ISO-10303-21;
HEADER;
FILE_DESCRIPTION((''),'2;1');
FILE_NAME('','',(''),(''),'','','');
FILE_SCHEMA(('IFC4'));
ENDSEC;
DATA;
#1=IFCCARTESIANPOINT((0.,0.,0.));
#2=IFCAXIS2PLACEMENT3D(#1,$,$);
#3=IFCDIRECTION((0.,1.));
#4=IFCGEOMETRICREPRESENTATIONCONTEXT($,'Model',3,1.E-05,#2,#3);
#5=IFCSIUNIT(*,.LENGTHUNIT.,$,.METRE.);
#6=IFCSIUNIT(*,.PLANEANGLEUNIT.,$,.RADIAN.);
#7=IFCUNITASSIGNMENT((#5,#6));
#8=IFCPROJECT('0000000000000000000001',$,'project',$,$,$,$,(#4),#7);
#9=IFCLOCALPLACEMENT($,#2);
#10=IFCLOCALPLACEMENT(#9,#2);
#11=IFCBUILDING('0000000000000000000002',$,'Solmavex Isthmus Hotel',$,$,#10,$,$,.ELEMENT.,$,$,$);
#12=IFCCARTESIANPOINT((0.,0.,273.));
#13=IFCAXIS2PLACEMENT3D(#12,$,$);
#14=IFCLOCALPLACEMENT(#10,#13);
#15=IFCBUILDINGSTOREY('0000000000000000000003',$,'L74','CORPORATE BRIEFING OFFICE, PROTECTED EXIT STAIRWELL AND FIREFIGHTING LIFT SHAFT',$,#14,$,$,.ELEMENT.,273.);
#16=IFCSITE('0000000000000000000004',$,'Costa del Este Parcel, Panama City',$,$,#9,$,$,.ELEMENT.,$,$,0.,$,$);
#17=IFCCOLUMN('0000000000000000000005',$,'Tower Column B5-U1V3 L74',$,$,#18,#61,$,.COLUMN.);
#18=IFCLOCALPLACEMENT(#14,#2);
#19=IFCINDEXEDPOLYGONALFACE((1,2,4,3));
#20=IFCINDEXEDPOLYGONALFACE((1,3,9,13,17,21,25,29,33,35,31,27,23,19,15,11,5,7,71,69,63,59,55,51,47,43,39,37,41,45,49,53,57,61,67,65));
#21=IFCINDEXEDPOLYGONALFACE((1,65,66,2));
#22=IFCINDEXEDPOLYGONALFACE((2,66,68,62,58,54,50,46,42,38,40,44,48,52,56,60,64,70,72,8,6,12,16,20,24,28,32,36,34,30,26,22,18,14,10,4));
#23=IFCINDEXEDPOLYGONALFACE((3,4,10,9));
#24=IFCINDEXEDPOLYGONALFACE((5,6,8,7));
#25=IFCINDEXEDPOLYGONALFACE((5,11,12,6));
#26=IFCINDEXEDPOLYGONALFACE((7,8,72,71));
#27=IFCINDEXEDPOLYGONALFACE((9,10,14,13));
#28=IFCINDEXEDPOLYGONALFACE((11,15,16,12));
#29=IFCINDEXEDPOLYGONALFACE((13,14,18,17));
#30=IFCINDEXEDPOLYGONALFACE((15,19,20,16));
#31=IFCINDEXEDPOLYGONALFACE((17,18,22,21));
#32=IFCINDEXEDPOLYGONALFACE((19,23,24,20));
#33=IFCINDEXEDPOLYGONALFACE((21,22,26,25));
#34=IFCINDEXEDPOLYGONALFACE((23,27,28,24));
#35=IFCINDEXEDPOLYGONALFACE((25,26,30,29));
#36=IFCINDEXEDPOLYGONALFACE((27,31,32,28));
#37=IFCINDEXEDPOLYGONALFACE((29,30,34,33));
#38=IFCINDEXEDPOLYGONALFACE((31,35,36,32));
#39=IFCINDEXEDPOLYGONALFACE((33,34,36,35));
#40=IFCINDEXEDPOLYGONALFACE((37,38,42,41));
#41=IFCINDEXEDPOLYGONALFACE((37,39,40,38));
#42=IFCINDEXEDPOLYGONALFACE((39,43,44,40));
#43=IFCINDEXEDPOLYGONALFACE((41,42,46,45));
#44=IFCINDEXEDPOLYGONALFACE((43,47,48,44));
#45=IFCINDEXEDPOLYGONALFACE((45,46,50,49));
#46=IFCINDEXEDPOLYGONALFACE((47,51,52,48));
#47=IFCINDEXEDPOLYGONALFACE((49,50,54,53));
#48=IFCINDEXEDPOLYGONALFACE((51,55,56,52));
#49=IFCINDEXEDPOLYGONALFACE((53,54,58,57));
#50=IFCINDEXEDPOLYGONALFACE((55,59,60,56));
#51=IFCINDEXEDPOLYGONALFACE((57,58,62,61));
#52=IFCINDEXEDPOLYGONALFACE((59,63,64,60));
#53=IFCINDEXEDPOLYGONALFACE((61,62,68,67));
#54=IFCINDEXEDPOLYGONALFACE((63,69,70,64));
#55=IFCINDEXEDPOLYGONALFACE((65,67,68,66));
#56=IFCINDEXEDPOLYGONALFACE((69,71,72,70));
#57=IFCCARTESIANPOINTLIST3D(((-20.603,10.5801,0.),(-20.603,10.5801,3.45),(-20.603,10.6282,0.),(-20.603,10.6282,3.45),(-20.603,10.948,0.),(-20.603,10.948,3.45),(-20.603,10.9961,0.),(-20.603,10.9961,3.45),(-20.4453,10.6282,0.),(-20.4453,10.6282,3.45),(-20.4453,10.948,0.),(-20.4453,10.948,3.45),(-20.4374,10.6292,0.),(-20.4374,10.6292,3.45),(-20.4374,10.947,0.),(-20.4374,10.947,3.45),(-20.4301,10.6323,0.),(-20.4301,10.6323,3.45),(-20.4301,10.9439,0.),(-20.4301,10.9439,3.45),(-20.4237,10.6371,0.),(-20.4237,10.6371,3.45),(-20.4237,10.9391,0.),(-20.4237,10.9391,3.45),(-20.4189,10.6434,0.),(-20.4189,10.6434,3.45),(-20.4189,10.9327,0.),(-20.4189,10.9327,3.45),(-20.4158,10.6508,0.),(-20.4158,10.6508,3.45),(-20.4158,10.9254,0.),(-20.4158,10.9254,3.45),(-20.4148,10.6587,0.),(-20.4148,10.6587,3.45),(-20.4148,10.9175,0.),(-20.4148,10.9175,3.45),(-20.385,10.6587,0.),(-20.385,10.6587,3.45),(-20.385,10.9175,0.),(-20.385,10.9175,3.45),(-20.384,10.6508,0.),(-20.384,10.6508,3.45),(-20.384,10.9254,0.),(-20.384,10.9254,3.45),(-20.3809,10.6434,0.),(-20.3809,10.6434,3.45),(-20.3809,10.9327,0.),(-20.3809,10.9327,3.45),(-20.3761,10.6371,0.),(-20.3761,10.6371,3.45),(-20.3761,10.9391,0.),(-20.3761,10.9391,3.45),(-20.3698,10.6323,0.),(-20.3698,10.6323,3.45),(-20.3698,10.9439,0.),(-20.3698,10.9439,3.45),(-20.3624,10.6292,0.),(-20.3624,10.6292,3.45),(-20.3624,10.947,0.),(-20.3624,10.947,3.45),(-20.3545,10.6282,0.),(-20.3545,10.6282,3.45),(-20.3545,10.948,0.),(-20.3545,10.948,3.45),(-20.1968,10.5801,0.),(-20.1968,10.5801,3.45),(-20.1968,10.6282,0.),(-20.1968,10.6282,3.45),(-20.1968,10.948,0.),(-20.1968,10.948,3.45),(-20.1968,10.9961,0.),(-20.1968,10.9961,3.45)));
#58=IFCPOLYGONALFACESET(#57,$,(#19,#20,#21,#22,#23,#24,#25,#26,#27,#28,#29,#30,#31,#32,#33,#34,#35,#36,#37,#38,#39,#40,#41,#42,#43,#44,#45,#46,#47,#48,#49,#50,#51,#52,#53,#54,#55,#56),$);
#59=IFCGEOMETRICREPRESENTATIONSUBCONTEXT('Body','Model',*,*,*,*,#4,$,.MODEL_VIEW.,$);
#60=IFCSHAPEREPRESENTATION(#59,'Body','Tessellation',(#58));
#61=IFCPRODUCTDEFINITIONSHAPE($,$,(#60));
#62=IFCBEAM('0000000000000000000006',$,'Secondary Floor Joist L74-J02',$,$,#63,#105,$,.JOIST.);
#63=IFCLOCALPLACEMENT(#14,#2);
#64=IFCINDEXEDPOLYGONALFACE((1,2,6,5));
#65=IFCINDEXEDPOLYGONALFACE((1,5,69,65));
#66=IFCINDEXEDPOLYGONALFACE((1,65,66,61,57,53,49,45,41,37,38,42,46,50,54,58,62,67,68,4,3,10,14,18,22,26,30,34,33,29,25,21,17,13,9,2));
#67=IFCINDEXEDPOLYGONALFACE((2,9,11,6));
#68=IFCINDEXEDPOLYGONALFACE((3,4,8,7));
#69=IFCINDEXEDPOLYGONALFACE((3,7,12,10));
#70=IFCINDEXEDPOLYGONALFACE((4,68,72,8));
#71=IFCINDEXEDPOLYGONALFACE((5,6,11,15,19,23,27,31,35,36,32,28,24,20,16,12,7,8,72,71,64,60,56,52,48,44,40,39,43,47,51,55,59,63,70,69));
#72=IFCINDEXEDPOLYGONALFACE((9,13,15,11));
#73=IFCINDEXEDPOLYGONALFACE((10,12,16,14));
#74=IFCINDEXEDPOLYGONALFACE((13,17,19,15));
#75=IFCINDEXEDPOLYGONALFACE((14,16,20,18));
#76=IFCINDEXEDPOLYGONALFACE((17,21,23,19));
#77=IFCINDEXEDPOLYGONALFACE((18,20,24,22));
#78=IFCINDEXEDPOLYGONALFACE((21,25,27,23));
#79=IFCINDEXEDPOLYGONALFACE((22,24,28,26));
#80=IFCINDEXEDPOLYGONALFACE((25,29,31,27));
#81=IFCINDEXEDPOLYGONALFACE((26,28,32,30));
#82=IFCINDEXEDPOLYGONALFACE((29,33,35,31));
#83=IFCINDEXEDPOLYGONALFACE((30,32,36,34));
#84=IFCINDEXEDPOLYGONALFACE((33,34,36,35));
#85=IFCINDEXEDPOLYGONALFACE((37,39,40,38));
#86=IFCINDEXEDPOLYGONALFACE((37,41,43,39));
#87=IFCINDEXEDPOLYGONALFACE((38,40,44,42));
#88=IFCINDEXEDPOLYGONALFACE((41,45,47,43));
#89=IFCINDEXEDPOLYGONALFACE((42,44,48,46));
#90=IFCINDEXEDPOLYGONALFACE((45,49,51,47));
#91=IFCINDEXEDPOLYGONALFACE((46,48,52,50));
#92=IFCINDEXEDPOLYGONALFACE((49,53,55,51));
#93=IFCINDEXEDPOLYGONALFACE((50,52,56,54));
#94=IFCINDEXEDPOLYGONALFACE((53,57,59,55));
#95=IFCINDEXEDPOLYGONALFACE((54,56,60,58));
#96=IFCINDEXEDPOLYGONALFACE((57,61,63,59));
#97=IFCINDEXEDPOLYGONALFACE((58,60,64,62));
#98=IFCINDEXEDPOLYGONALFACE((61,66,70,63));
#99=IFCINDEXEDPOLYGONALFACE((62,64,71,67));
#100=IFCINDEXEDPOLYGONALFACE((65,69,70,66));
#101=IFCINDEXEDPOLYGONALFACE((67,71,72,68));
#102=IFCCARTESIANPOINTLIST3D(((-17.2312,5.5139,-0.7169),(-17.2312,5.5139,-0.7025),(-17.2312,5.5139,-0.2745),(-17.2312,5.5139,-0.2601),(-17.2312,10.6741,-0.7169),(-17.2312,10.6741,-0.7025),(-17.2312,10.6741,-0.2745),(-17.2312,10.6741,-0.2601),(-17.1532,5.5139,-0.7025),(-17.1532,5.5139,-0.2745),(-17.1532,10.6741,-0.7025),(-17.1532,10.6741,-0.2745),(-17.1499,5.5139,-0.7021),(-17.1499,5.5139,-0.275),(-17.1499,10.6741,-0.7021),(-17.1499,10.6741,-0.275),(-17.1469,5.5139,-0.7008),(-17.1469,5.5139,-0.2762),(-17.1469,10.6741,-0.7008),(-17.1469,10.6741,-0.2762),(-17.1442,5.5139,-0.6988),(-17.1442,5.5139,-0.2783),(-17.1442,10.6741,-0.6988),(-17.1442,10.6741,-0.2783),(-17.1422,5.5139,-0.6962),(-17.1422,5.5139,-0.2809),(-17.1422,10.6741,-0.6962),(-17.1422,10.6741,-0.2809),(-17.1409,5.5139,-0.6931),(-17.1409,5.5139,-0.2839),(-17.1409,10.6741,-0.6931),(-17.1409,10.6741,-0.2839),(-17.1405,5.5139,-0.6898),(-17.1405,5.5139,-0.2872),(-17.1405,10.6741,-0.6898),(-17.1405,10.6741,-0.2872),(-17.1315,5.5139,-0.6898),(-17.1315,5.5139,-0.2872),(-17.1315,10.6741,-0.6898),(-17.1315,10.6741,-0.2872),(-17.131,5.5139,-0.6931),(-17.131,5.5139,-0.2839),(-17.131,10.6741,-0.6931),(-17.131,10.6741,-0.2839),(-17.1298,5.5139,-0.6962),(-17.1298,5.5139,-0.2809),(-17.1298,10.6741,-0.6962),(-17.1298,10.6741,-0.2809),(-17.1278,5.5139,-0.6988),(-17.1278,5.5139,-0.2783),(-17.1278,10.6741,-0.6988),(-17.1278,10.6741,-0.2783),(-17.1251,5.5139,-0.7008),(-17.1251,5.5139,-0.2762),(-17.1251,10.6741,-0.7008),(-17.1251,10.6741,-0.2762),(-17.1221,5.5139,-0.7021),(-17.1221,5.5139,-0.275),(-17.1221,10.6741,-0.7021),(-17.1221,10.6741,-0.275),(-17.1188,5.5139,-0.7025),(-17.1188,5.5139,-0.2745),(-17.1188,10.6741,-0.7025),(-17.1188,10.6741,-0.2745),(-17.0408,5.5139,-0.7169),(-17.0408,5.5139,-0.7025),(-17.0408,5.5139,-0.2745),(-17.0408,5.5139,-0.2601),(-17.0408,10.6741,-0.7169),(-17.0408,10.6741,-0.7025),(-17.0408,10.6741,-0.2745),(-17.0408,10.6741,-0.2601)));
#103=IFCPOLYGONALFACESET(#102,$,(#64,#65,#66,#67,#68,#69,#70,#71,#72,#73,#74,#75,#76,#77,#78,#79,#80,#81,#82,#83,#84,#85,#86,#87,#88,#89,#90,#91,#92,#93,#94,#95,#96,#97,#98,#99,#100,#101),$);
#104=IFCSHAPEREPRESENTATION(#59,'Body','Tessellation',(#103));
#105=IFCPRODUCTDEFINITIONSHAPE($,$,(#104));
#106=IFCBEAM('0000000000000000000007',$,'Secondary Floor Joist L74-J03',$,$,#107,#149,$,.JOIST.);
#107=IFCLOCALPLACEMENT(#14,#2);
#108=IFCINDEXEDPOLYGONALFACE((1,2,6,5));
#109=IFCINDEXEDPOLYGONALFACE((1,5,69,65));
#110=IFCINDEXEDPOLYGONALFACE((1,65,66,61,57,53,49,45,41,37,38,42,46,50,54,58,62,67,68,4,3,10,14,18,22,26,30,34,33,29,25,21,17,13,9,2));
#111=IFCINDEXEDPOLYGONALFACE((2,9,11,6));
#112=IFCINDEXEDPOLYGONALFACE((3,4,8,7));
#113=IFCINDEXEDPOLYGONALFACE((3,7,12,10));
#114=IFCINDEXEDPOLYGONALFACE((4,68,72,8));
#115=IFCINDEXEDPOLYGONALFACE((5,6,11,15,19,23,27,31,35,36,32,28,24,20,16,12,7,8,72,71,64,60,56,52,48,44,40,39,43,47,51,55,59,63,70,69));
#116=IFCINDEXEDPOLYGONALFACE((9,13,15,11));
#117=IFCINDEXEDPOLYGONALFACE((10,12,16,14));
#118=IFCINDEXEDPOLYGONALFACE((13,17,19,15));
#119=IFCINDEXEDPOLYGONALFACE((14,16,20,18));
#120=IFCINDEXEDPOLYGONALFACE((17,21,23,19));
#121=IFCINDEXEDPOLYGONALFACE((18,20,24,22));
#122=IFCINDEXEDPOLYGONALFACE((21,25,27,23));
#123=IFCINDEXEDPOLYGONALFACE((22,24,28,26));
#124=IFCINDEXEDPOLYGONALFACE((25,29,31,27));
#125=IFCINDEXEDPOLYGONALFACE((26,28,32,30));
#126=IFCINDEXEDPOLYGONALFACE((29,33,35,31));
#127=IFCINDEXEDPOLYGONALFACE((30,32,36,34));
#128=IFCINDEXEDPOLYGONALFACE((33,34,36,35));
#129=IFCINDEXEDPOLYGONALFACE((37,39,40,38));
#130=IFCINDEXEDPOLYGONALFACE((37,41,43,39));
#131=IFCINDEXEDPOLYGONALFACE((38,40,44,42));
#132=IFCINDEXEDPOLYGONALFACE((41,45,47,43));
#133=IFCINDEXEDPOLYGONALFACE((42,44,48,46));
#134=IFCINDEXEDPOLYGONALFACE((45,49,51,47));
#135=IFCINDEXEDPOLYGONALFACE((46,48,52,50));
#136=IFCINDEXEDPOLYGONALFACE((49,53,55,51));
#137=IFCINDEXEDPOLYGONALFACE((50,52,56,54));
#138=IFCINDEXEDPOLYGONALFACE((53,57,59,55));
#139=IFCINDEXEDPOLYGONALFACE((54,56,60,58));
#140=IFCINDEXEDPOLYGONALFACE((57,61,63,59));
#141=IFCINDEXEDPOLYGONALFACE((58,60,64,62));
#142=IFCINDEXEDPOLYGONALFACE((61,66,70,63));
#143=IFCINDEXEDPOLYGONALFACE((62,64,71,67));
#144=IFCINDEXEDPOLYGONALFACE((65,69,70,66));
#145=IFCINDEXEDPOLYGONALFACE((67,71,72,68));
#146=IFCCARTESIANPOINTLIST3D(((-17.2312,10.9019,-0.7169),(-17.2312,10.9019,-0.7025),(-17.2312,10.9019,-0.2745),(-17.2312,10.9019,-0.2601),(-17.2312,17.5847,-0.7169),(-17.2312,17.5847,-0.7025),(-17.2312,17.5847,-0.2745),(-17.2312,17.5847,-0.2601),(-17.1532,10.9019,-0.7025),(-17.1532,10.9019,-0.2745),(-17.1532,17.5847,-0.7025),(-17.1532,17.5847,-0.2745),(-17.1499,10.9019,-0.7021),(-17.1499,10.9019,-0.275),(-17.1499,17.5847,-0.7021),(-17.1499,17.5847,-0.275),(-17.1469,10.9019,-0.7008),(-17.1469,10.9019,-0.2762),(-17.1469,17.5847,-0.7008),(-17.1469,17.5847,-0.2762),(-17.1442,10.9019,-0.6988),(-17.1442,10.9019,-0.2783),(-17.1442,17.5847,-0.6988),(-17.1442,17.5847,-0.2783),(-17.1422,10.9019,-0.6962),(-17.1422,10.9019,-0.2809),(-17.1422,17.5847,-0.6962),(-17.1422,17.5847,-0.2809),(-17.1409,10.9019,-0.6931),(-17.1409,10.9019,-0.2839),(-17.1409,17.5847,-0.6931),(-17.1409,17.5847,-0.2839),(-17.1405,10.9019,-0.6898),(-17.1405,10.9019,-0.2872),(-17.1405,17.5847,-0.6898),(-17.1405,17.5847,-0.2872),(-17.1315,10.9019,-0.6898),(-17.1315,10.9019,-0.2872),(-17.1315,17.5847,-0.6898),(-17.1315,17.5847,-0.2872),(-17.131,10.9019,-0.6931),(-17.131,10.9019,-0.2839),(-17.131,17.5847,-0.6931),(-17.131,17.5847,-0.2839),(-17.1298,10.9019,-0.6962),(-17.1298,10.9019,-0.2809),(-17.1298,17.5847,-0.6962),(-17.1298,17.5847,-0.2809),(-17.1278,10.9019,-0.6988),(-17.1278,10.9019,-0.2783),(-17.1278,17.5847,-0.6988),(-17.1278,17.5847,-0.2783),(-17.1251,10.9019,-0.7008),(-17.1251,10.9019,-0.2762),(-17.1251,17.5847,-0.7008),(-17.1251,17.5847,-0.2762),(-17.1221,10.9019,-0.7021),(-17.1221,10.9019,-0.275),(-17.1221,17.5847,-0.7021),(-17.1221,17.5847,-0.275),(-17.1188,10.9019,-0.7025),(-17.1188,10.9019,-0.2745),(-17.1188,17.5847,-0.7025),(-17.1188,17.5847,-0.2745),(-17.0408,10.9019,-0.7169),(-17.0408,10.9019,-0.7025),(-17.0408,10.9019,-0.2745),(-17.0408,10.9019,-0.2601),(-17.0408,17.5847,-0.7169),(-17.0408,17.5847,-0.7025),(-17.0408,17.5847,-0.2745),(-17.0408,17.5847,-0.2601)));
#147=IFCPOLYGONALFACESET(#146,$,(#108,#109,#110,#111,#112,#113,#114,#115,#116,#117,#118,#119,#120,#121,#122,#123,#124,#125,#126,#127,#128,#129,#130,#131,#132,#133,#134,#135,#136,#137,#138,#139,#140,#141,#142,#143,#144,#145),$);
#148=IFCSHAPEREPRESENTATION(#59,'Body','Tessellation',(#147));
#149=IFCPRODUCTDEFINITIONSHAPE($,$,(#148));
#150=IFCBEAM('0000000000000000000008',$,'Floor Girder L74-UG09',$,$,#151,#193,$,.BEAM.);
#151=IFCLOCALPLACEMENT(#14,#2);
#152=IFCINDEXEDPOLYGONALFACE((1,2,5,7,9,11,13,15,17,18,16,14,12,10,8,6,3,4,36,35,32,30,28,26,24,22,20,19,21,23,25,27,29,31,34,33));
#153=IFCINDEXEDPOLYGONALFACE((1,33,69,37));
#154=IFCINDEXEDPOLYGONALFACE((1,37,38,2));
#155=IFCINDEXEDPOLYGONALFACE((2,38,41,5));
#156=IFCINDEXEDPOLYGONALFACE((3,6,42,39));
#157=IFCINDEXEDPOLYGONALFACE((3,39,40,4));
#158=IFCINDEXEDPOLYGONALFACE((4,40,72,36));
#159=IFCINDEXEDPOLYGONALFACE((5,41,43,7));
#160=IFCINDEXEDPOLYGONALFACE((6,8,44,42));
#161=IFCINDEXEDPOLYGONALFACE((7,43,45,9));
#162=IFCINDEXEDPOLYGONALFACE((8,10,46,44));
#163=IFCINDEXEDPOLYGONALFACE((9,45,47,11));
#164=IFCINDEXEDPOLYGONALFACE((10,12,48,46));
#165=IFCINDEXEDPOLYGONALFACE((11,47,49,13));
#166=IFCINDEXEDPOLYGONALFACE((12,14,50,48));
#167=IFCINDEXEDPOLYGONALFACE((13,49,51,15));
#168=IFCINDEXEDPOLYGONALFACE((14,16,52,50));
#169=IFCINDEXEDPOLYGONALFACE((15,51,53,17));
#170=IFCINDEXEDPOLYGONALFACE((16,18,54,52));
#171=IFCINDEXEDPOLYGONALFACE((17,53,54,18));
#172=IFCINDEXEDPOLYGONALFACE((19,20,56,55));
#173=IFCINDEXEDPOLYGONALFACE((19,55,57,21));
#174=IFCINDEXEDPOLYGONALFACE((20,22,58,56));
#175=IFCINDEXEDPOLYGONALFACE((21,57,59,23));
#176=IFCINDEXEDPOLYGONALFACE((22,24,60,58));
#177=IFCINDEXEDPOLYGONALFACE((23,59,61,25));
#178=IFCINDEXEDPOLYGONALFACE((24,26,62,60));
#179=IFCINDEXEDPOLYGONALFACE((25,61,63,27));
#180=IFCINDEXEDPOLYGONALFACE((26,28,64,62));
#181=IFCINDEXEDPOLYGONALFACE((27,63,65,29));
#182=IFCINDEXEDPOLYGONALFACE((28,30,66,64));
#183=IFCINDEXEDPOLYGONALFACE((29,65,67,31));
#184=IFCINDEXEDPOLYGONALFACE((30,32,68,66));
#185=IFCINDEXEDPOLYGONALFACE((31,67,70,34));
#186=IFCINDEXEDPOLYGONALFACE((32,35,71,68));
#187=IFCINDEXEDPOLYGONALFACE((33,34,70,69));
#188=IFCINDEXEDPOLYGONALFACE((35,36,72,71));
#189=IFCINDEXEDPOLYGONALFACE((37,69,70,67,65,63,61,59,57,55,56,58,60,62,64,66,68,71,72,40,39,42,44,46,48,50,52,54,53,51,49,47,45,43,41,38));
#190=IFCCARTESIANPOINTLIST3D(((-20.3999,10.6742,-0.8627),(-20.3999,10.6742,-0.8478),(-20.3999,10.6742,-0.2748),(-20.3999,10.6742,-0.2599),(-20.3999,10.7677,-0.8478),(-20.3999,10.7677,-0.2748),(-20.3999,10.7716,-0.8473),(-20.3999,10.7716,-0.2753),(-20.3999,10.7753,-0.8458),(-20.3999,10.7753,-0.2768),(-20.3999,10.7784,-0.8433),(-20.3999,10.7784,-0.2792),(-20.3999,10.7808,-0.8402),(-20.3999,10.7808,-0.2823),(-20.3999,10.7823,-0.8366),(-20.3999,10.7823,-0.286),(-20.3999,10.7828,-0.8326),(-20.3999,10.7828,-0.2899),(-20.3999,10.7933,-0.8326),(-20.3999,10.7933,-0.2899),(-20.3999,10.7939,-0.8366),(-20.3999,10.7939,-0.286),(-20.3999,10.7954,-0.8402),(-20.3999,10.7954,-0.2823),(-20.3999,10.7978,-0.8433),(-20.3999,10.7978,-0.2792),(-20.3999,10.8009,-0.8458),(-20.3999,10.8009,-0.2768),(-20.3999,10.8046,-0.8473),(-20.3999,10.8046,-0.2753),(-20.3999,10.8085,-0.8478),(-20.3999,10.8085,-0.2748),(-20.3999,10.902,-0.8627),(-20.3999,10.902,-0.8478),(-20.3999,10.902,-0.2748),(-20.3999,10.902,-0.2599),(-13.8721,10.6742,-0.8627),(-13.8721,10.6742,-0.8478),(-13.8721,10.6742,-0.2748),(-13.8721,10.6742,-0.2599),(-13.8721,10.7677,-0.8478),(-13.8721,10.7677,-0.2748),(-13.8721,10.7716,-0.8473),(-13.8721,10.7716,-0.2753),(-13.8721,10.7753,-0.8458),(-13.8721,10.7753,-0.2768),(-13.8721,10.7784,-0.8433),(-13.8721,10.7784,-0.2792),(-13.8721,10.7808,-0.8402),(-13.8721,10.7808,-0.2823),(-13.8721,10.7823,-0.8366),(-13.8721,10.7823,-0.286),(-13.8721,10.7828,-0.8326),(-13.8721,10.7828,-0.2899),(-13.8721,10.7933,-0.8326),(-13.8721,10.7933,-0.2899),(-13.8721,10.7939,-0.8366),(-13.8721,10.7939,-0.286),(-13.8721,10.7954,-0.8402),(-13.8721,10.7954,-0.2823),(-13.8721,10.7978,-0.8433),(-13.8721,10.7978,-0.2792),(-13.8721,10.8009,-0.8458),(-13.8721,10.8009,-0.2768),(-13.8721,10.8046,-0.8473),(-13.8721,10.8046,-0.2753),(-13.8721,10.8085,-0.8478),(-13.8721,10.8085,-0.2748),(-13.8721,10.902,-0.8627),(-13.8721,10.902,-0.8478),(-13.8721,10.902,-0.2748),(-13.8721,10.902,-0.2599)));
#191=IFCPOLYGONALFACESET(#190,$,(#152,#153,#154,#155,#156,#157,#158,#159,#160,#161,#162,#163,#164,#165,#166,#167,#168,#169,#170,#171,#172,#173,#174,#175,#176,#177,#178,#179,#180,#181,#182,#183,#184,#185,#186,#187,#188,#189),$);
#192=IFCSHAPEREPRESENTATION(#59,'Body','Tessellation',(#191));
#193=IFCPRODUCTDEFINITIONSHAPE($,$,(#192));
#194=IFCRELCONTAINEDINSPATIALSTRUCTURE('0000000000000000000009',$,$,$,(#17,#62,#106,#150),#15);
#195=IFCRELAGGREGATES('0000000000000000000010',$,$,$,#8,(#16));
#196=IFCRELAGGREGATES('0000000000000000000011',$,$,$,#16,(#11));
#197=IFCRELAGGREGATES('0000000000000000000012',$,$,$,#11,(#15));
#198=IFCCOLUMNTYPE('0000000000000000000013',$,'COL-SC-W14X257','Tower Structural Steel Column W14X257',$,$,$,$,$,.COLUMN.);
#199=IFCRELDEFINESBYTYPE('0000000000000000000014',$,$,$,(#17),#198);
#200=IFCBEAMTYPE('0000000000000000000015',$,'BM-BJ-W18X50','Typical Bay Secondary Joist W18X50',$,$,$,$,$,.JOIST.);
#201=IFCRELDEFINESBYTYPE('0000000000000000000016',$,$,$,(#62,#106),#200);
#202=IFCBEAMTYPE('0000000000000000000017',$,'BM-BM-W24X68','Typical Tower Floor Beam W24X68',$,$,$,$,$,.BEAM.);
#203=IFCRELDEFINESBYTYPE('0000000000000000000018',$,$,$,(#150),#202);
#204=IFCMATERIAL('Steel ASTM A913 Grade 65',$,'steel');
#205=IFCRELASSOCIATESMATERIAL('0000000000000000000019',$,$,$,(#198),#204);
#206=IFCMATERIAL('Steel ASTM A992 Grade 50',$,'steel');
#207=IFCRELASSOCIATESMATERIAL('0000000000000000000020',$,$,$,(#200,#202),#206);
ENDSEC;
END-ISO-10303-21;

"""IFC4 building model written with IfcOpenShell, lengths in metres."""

from ifc_helpers import new_model, si_unit, direction, frame, origin, origin_2d, place, context, subcontext, project, spatial, i_section, extrude, material, material_profile, profile_set, type_object, element, save


model = new_model("IFC4")

# Units and contexts
model_context = context("Model", 3, precision=1e-05, world=origin(), true_north=direction((0.0, 1.0)))
body_context = subcontext(model_context, "Body", "Model", "MODEL_VIEW")
ifc_project = project(units=[si_unit("LENGTHUNIT", "METRE"), si_unit("PLANEANGLEUNIT", "RADIAN")], contexts=[model_context])

# Site, building, storey
site_placement = place(None, origin())
site = spatial("IfcSite", under=ifc_project, at=site_placement, Name="Costa del Este Parcel, Panama City", CompositionType="ELEMENT", RefElevation=0.0)
building_placement = place(site_placement, origin())
building = spatial("IfcBuilding", under=site, at=building_placement, Name="Solmavex Isthmus Hotel", CompositionType="ELEMENT")
storey_placement = place(building_placement, frame((0.0, 0.0, 273.0)))
storey = spatial("IfcBuildingStorey", under=building, at=storey_placement, Name="L74", Description="CORPORATE BRIEFING OFFICE, PROTECTED EXIT STAIRWELL AND FIREFIGHTING LIFT SHAFT", CompositionType="ELEMENT", Elevation=273.0)

# Column
ifc_material_1 = material(Name="Steel ASTM A913 Grade 65", Category="steel")
ifc_material_profile_1 = material_profile(ifc_material_1, i_section(OverallWidth=0.4062, OverallDepth=0.416, WebThickness=0.0298, FlangeThickness=0.0481, FilletRadius=0.0305, at=origin_2d()), Name="W14X257")
ifc_profile_set_1 = profile_set([ifc_material_profile_1], Name="Steel ASTM A913 Grade 65")
column_type = type_object("IfcColumnType", Name="COL-SC-W14X257", Description="Tower Structural Steel Column W14X257", PredefinedType="COLUMN", material=ifc_profile_set_1)
column_placement = place(storey_placement, frame((-20.3999, 10.7881, 0.0), z_axis=(0.0, 0.0, 1.0), x_axis=(1.0, 0.0, 0.0)))
element("IfcColumn", 1, at=column_placement, inside=storey, type_object=column_type, Name="Tower Column B5-U1V3 L74", PredefinedType="COLUMN", context=body_context, shape_type="SweptSolid", body=[
    extrude(i_section(OverallWidth=0.4062, OverallDepth=0.416, WebThickness=0.0298, FlangeThickness=0.0481, FilletRadius=0.0305, at=origin_2d()), origin(), (0.0, 0.0, 1.0), 3.45),
])

# Beams
ifc_material_2 = material(Name="Steel ASTM A992 Grade 50", Category="steel")
ifc_material_profile_2 = material_profile(ifc_material_2, i_section(OverallWidth=0.1904, OverallDepth=0.4568, WebThickness=0.009, FlangeThickness=0.0144, FilletRadius=0.0127, at=origin_2d()), Name="W18X50")
ifc_profile_set_2 = profile_set([ifc_material_profile_2], Name="Steel ASTM A992 Grade 50")
beam_type_1 = type_object("IfcBeamType", Name="BM-BJ-W18X50", Description="Typical Bay Secondary Joist W18X50", PredefinedType="JOIST", material=ifc_profile_set_2)
beam_1_placement = place(storey_placement, frame((-17.136, 5.5139, -0.4885), z_axis=(0.0, 1.0, 0.0), x_axis=(-1.0, 0.0, 0.0)))
element("IfcBeam", 2, at=beam_1_placement, inside=storey, type_object=beam_type_1, Name="Secondary Floor Joist L74-J02", PredefinedType="JOIST", context=body_context, shape_type="SweptSolid", body=[
    extrude(i_section(OverallWidth=0.1904, OverallDepth=0.4568, WebThickness=0.009, FlangeThickness=0.0144, FilletRadius=0.0127, at=origin_2d()), origin(), (0.0, 0.0, 1.0), 5.1602),
])
beam_2_placement = place(storey_placement, frame((-17.136, 10.9019, -0.4885), z_axis=(0.0, 1.0, 0.0), x_axis=(-1.0, 0.0, 0.0)))
element("IfcBeam", 3, at=beam_2_placement, inside=storey, type_object=beam_type_1, Name="Secondary Floor Joist L74-J03", PredefinedType="JOIST", context=body_context, shape_type="SweptSolid", body=[
    extrude(i_section(OverallWidth=0.1904, OverallDepth=0.4568, WebThickness=0.009, FlangeThickness=0.0144, FilletRadius=0.0127, at=origin_2d()), origin(), (0.0, 0.0, 1.0), 6.6829),
])
ifc_material_profile_3 = material_profile(ifc_material_2, i_section(OverallWidth=0.2278, OverallDepth=0.6028, WebThickness=0.0105, FlangeThickness=0.0149, FilletRadius=0.0151, at=origin_2d()), Name="W24X68")
ifc_profile_set_3 = profile_set([ifc_material_profile_3], Name="Steel ASTM A992 Grade 50")
beam_type_2 = type_object("IfcBeamType", Name="BM-BM-W24X68", Description="Typical Tower Floor Beam W24X68", PredefinedType="BEAM", material=ifc_profile_set_3)
beam_3_placement = place(storey_placement, frame((-20.3999, 10.7881, -0.5613), z_axis=(1.0, 0.0, 0.0), x_axis=(0.0, 1.0, 0.0)))
element("IfcBeam", 4, at=beam_3_placement, inside=storey, type_object=beam_type_2, Name="Floor Girder L74-UG09", PredefinedType="BEAM", context=body_context, shape_type="SweptSolid", body=[
    extrude(i_section(OverallWidth=0.2278, OverallDepth=0.6028, WebThickness=0.0105, FlangeThickness=0.0149, FilletRadius=0.0151, at=origin_2d()), origin(), (0.0, 0.0, 1.0), 6.5278),
])

save(model, "model.ifc")
